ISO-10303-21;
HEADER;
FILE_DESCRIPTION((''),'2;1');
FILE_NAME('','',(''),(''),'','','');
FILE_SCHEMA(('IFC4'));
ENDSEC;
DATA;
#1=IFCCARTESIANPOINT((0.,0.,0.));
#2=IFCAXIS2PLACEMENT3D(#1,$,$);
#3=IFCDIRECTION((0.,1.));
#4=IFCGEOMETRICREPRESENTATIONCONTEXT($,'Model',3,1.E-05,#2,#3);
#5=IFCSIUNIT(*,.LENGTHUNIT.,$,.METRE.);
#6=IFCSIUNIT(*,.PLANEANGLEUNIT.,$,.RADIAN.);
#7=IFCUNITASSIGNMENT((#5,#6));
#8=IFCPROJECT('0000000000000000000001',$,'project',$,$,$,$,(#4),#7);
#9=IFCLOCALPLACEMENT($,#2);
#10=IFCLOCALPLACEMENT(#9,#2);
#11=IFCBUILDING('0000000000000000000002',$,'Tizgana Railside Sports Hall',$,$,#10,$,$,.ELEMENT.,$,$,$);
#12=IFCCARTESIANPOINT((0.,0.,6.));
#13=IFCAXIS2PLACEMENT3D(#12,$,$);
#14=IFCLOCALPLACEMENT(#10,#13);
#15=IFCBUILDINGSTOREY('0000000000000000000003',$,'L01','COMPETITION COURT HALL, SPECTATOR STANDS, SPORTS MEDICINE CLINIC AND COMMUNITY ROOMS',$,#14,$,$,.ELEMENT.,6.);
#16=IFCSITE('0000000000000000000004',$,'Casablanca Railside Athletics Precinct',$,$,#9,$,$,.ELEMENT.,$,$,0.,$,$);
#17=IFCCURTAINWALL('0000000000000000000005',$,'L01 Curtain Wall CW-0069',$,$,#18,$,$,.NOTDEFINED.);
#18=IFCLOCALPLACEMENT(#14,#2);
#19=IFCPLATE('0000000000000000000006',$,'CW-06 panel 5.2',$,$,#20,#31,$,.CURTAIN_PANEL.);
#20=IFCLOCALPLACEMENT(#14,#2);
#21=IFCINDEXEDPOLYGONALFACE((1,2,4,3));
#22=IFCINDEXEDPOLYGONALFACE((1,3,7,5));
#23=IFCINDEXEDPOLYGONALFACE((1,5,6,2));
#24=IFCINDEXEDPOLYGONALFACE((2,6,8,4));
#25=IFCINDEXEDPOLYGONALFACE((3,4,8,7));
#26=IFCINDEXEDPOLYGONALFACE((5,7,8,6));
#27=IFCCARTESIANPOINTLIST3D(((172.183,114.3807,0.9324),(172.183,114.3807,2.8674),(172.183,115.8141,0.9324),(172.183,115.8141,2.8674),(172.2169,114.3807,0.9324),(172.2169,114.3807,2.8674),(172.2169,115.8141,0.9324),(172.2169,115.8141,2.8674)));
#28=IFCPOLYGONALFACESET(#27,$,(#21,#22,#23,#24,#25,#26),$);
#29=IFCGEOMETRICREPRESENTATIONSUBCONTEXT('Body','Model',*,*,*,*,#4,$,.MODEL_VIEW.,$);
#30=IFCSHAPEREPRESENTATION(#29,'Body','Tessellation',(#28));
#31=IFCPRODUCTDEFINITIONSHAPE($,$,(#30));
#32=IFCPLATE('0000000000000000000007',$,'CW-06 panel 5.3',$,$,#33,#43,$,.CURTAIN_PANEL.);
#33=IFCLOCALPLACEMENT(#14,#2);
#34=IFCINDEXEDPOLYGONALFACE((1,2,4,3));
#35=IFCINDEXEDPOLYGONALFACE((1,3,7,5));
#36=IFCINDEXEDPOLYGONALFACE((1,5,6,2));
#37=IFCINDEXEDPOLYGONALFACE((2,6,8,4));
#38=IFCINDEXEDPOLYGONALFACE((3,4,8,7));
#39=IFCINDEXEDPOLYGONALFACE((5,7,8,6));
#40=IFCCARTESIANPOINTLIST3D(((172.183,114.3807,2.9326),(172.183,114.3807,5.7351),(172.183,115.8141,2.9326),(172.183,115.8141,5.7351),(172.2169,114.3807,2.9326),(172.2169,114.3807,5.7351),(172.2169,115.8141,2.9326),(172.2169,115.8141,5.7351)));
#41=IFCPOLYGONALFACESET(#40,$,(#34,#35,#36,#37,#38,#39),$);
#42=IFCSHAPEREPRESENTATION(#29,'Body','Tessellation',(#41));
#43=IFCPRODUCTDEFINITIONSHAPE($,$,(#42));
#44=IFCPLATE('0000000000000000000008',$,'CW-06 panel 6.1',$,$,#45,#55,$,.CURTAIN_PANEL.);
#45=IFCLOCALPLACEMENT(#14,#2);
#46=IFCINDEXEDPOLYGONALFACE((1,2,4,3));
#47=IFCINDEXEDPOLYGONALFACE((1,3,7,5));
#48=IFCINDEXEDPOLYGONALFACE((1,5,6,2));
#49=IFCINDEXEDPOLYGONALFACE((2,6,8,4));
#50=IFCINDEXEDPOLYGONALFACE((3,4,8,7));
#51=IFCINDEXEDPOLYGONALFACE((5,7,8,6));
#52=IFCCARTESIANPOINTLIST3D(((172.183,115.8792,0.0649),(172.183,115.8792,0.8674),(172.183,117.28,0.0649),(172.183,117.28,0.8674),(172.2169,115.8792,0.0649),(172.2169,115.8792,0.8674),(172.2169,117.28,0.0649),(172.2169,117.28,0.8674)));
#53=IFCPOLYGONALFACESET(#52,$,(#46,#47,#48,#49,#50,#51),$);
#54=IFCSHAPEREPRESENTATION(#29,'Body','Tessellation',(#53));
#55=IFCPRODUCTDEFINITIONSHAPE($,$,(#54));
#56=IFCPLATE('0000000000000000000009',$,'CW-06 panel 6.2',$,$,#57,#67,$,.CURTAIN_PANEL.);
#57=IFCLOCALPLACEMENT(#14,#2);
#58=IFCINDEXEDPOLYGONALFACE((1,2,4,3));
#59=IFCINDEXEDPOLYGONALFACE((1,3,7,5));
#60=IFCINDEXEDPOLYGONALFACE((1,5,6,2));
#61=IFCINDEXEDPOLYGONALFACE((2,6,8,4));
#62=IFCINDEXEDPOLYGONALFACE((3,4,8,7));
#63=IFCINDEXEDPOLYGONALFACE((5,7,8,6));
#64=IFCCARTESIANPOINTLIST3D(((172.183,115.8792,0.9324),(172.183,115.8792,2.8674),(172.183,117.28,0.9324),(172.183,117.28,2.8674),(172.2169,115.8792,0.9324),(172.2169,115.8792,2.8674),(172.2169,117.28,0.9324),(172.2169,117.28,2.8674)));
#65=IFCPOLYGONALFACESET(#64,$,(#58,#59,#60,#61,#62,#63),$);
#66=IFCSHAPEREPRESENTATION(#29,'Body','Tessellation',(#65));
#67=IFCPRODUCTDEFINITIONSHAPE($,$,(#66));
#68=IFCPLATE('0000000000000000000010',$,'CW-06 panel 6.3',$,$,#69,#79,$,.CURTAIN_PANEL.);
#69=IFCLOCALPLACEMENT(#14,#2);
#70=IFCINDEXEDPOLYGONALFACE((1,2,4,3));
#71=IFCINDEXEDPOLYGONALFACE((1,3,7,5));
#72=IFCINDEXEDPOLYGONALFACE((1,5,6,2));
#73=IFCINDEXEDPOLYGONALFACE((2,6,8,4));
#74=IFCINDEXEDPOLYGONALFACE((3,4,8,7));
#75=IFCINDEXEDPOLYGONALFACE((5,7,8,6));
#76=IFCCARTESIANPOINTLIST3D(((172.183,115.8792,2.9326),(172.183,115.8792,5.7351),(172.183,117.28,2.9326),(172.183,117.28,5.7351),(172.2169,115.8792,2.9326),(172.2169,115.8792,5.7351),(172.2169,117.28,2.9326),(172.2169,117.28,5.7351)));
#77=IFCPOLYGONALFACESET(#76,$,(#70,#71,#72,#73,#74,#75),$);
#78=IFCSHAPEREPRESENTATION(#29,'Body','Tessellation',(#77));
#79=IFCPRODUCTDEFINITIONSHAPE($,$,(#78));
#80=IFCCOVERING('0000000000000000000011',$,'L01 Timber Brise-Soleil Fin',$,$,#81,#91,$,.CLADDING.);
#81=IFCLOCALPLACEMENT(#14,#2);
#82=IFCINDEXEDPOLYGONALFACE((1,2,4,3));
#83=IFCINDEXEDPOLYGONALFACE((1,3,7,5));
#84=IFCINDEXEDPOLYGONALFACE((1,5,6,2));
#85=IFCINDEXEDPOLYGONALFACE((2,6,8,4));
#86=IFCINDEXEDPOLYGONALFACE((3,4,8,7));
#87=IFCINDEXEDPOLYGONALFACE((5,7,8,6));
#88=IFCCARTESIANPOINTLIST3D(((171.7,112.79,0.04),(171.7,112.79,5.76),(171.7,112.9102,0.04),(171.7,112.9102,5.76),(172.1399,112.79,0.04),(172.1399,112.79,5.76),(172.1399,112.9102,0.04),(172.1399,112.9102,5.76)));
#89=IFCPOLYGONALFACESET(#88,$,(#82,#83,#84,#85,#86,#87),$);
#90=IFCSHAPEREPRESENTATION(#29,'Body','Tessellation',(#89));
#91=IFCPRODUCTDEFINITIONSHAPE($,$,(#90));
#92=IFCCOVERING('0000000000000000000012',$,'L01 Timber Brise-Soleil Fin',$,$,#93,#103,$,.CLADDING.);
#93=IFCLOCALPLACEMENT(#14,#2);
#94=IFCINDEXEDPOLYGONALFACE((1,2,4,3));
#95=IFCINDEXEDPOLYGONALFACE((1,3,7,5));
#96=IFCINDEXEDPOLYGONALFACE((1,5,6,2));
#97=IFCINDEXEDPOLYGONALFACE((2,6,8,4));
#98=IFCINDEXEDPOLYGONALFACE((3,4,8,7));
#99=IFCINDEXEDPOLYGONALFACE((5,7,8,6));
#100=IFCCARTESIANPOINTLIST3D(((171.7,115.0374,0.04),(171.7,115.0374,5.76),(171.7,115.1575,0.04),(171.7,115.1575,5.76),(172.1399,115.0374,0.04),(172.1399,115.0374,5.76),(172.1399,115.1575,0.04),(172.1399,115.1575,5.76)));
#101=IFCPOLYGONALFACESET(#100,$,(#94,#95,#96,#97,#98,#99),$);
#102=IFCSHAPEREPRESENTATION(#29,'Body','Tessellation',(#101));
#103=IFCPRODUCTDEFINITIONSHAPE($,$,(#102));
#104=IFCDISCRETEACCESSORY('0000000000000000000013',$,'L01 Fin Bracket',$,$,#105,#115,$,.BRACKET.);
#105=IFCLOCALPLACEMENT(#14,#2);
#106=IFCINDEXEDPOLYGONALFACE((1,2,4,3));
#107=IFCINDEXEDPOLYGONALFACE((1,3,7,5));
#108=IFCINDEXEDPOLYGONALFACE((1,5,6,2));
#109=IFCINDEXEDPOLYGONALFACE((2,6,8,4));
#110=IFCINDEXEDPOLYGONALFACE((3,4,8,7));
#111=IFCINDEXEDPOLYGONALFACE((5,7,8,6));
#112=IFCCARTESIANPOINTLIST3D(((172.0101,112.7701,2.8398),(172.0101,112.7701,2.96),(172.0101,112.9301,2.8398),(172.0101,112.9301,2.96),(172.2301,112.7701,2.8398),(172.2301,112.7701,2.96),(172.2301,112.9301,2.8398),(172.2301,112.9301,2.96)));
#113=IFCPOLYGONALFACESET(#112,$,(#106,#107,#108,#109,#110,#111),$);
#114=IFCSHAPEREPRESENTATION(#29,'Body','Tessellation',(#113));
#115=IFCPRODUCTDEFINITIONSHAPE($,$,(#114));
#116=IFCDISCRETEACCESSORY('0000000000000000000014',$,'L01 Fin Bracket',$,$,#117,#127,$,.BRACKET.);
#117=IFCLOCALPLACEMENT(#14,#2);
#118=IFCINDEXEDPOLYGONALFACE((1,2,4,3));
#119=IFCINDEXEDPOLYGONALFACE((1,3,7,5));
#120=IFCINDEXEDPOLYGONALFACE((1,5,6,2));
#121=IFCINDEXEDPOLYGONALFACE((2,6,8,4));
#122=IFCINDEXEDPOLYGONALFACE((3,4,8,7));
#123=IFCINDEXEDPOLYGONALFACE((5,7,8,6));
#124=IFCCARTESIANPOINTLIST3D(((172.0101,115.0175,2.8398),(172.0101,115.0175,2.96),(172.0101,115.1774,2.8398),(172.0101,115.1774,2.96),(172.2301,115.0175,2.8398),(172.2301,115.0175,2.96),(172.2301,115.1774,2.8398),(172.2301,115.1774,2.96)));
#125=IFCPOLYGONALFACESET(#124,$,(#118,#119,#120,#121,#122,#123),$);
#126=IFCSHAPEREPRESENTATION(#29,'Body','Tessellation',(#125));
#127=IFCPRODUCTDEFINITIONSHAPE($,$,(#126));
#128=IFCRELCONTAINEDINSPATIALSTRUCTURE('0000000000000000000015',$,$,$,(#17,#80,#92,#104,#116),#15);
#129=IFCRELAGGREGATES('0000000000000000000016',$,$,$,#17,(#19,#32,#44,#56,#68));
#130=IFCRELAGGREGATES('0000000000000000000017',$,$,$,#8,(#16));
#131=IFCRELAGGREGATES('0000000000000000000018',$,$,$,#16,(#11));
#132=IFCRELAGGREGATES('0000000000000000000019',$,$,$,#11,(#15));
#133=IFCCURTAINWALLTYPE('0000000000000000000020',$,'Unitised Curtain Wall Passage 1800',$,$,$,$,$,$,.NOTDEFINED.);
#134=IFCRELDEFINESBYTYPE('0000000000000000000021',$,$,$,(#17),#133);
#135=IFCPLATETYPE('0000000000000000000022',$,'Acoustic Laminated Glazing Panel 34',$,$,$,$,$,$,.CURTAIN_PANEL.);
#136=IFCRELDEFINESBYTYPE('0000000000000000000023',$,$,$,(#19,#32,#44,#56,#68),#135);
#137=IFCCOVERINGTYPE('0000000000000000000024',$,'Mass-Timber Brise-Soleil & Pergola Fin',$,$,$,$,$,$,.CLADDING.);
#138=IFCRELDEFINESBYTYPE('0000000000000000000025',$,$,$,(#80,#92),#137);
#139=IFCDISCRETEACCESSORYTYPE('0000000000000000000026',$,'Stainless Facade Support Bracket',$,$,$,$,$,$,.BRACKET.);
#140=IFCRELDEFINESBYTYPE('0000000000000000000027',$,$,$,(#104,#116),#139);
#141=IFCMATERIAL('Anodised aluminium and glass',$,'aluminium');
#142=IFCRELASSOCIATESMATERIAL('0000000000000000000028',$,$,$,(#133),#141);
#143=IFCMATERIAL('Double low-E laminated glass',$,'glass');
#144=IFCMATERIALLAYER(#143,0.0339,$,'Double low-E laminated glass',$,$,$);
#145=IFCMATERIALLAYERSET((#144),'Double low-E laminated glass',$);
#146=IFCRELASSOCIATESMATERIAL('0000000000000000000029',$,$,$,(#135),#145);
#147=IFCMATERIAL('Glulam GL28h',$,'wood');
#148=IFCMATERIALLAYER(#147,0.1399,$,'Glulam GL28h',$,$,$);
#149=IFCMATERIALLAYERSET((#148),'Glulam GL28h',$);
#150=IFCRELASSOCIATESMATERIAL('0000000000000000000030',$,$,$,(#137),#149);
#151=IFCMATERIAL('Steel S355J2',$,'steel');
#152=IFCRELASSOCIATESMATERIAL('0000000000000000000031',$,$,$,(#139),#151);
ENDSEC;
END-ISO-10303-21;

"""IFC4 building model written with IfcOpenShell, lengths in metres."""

from ifc_helpers import new_model, si_unit, direction, frame, origin, origin_2d, place, context, subcontext, project, spatial, rectangle, extrude, material, layer, layer_set, type_object, element, aggregate, save


model = new_model("IFC4")

# Units and contexts
model_context = context("Model", 3, precision=1e-05, world=origin(), true_north=direction((0.0, 1.0)))
body_context = subcontext(model_context, "Body", "Model", "MODEL_VIEW")
ifc_project = project(units=[si_unit("LENGTHUNIT", "METRE"), si_unit("PLANEANGLEUNIT", "RADIAN")], contexts=[model_context])

# Site, building, storey
site_placement = place(None, origin())
site = spatial("IfcSite", under=ifc_project, at=site_placement, Name="Casablanca Railside Athletics Precinct", CompositionType="ELEMENT", RefElevation=0.0)
building_placement = place(site_placement, origin())
building = spatial("IfcBuilding", under=site, at=building_placement, Name="Tizgana Railside Sports Hall", CompositionType="ELEMENT")
storey_placement = place(building_placement, frame((0.0, 0.0, 6.0)))
storey = spatial("IfcBuildingStorey", under=building, at=storey_placement, Name="L01", Description="COMPETITION COURT HALL, SPECTATOR STANDS, SPORTS MEDICINE CLINIC AND COMMUNITY ROOMS", CompositionType="ELEMENT", Elevation=6.0)

# Shared definitions
ifc_material_1 = material(Name="Steel S355J2", Category="steel")

# Shared definitions
ifc_material_2 = material(Name="Anodised aluminium and glass", Category="aluminium")

# Curtain wall, plates
curtain_wall_type_1 = type_object("IfcCurtainWallType", Name="Unitised Curtain Wall Passage 1800", PredefinedType="NOTDEFINED", material=ifc_material_2)
curtain_wall_1_placement = place(storey_placement, origin())
curtain_wall_1 = element("IfcCurtainWall", 1, at=curtain_wall_1_placement, inside=storey, type_object=curtain_wall_type_1, Name="L01 Curtain Wall CW-0069", PredefinedType="NOTDEFINED")
ifc_material_3 = material(Name="Double low-E laminated glass", Category="glass")
ifc_layer_1 = layer(ifc_material_3, 0.0339, Name="Double low-E laminated glass")
ifc_layer_set_1 = layer_set([ifc_layer_1], Name="Double low-E laminated glass")
plate_type = type_object("IfcPlateType", Name="Acoustic Laminated Glazing Panel 34", PredefinedType="CURTAIN_PANEL", material=ifc_layer_set_1)
plate_1_placement = place(storey_placement, frame((172.2, 115.0974, 0.9324), z_axis=(0.0, 0.0, 1.0), x_axis=(0.0, 1.0, 0.0)))
plate_1 = element("IfcPlate", 2, at=plate_1_placement, type_object=plate_type, Name="CW-06 panel 5.2", PredefinedType="CURTAIN_PANEL", context=body_context, shape_type="SweptSolid", body=[
    extrude(rectangle(XDim=1.4333, YDim=0.0339, at=origin_2d()), origin(), (0.0, 0.0, 1.0), 1.9351),
])
plate_2_placement = place(storey_placement, frame((172.2, 115.0974, 2.9326), z_axis=(0.0, 0.0, 1.0), x_axis=(0.0, 1.0, 0.0)))
plate_2 = element("IfcPlate", 3, at=plate_2_placement, type_object=plate_type, Name="CW-06 panel 5.3", PredefinedType="CURTAIN_PANEL", context=body_context, shape_type="SweptSolid", body=[
    extrude(rectangle(XDim=1.4333, YDim=0.0339, at=origin_2d()), origin(), (0.0, 0.0, 1.0), 2.8025),
])
plate_3_placement = place(storey_placement, frame((172.2, 116.5796, 0.0649), z_axis=(0.0, 0.0, 1.0), x_axis=(0.0, 1.0, 0.0)))
plate_3 = element("IfcPlate", 4, at=plate_3_placement, type_object=plate_type, Name="CW-06 panel 6.1", PredefinedType="CURTAIN_PANEL", context=body_context, shape_type="SweptSolid", body=[
    extrude(rectangle(XDim=1.4009, YDim=0.0339, at=origin_2d()), origin(), (0.0, 0.0, 1.0), 0.8025),
])
plate_4_placement = place(storey_placement, frame((172.2, 116.5796, 0.9324), z_axis=(0.0, 0.0, 1.0), x_axis=(0.0, 1.0, 0.0)))
plate_4 = element("IfcPlate", 5, at=plate_4_placement, type_object=plate_type, Name="CW-06 panel 6.2", PredefinedType="CURTAIN_PANEL", context=body_context, shape_type="SweptSolid", body=[
    extrude(rectangle(XDim=1.4009, YDim=0.0339, at=origin_2d()), origin(), (0.0, 0.0, 1.0), 1.9351),
])
plate_5_placement = place(storey_placement, frame((172.2, 116.5796, 2.9326), z_axis=(0.0, 0.0, 1.0), x_axis=(0.0, 1.0, 0.0)))
plate_5 = element("IfcPlate", 6, at=plate_5_placement, type_object=plate_type, Name="CW-06 panel 6.3", PredefinedType="CURTAIN_PANEL", context=body_context, shape_type="SweptSolid", body=[
    extrude(rectangle(XDim=1.4009, YDim=0.0339, at=origin_2d()), origin(), (0.0, 0.0, 1.0), 2.8025),
])
aggregate(curtain_wall_1, [plate_1, plate_2, plate_3, plate_4, plate_5])

# Coverings
ifc_material_4 = material(Name="Glulam GL28h", Category="wood")
ifc_layer_2 = layer(ifc_material_4, 0.1399, Name="Glulam GL28h")
ifc_layer_set_2 = layer_set([ifc_layer_2], Name="Glulam GL28h")
covering_type = type_object("IfcCoveringType", Name="Mass-Timber Brise-Soleil & Pergola Fin", PredefinedType="CLADDING", material=ifc_layer_set_2)
for number, where, z_axis, x_axis, name in (
    (7, (171.9199, 112.8501, 0.04), (0.0, 0.0, 1.0), (0.0, 1.0, 0.0), "L01 Timber Brise-Soleil Fin"),
    (8, (171.9199, 115.0974, 0.04), (0.0, 0.0, 1.0), (0.0, 1.0, 0.0), "L01 Timber Brise-Soleil Fin"),
):
    element("IfcCovering", number, at=place(storey_placement, frame(where, z_axis=z_axis, x_axis=x_axis)), inside=storey, type_object=covering_type, Name=name, PredefinedType="CLADDING", context=body_context, shape_type="SweptSolid", body=[
        extrude(rectangle(XDim=0.1201, YDim=0.4399, at=origin_2d()), origin(), (0.0, 0.0, 1.0), 5.72),
    ])

# Discrete accessories
discrete_accessory_type = type_object("IfcDiscreteAccessoryType", Name="Stainless Facade Support Bracket", PredefinedType="BRACKET", material=ifc_material_1)
for number, where, z_axis, x_axis, name in (
    (9, (172.1201, 112.8501, 2.8398), (0.0, 0.0, 1.0), (0.0, 1.0, 0.0), "L01 Fin Bracket"),
    (10, (172.1201, 115.0974, 2.8398), (0.0, 0.0, 1.0), (0.0, 1.0, 0.0), "L01 Fin Bracket"),
):
    element("IfcDiscreteAccessory", number, at=place(storey_placement, frame(where, z_axis=z_axis, x_axis=x_axis)), inside=storey, type_object=discrete_accessory_type, Name=name, PredefinedType="BRACKET", context=body_context, shape_type="SweptSolid", body=[
        extrude(rectangle(XDim=0.1599, YDim=0.22, at=origin_2d()), origin(), (0.0, 0.0, 1.0), 0.1201),
    ])

save(model, "model.ifc")
